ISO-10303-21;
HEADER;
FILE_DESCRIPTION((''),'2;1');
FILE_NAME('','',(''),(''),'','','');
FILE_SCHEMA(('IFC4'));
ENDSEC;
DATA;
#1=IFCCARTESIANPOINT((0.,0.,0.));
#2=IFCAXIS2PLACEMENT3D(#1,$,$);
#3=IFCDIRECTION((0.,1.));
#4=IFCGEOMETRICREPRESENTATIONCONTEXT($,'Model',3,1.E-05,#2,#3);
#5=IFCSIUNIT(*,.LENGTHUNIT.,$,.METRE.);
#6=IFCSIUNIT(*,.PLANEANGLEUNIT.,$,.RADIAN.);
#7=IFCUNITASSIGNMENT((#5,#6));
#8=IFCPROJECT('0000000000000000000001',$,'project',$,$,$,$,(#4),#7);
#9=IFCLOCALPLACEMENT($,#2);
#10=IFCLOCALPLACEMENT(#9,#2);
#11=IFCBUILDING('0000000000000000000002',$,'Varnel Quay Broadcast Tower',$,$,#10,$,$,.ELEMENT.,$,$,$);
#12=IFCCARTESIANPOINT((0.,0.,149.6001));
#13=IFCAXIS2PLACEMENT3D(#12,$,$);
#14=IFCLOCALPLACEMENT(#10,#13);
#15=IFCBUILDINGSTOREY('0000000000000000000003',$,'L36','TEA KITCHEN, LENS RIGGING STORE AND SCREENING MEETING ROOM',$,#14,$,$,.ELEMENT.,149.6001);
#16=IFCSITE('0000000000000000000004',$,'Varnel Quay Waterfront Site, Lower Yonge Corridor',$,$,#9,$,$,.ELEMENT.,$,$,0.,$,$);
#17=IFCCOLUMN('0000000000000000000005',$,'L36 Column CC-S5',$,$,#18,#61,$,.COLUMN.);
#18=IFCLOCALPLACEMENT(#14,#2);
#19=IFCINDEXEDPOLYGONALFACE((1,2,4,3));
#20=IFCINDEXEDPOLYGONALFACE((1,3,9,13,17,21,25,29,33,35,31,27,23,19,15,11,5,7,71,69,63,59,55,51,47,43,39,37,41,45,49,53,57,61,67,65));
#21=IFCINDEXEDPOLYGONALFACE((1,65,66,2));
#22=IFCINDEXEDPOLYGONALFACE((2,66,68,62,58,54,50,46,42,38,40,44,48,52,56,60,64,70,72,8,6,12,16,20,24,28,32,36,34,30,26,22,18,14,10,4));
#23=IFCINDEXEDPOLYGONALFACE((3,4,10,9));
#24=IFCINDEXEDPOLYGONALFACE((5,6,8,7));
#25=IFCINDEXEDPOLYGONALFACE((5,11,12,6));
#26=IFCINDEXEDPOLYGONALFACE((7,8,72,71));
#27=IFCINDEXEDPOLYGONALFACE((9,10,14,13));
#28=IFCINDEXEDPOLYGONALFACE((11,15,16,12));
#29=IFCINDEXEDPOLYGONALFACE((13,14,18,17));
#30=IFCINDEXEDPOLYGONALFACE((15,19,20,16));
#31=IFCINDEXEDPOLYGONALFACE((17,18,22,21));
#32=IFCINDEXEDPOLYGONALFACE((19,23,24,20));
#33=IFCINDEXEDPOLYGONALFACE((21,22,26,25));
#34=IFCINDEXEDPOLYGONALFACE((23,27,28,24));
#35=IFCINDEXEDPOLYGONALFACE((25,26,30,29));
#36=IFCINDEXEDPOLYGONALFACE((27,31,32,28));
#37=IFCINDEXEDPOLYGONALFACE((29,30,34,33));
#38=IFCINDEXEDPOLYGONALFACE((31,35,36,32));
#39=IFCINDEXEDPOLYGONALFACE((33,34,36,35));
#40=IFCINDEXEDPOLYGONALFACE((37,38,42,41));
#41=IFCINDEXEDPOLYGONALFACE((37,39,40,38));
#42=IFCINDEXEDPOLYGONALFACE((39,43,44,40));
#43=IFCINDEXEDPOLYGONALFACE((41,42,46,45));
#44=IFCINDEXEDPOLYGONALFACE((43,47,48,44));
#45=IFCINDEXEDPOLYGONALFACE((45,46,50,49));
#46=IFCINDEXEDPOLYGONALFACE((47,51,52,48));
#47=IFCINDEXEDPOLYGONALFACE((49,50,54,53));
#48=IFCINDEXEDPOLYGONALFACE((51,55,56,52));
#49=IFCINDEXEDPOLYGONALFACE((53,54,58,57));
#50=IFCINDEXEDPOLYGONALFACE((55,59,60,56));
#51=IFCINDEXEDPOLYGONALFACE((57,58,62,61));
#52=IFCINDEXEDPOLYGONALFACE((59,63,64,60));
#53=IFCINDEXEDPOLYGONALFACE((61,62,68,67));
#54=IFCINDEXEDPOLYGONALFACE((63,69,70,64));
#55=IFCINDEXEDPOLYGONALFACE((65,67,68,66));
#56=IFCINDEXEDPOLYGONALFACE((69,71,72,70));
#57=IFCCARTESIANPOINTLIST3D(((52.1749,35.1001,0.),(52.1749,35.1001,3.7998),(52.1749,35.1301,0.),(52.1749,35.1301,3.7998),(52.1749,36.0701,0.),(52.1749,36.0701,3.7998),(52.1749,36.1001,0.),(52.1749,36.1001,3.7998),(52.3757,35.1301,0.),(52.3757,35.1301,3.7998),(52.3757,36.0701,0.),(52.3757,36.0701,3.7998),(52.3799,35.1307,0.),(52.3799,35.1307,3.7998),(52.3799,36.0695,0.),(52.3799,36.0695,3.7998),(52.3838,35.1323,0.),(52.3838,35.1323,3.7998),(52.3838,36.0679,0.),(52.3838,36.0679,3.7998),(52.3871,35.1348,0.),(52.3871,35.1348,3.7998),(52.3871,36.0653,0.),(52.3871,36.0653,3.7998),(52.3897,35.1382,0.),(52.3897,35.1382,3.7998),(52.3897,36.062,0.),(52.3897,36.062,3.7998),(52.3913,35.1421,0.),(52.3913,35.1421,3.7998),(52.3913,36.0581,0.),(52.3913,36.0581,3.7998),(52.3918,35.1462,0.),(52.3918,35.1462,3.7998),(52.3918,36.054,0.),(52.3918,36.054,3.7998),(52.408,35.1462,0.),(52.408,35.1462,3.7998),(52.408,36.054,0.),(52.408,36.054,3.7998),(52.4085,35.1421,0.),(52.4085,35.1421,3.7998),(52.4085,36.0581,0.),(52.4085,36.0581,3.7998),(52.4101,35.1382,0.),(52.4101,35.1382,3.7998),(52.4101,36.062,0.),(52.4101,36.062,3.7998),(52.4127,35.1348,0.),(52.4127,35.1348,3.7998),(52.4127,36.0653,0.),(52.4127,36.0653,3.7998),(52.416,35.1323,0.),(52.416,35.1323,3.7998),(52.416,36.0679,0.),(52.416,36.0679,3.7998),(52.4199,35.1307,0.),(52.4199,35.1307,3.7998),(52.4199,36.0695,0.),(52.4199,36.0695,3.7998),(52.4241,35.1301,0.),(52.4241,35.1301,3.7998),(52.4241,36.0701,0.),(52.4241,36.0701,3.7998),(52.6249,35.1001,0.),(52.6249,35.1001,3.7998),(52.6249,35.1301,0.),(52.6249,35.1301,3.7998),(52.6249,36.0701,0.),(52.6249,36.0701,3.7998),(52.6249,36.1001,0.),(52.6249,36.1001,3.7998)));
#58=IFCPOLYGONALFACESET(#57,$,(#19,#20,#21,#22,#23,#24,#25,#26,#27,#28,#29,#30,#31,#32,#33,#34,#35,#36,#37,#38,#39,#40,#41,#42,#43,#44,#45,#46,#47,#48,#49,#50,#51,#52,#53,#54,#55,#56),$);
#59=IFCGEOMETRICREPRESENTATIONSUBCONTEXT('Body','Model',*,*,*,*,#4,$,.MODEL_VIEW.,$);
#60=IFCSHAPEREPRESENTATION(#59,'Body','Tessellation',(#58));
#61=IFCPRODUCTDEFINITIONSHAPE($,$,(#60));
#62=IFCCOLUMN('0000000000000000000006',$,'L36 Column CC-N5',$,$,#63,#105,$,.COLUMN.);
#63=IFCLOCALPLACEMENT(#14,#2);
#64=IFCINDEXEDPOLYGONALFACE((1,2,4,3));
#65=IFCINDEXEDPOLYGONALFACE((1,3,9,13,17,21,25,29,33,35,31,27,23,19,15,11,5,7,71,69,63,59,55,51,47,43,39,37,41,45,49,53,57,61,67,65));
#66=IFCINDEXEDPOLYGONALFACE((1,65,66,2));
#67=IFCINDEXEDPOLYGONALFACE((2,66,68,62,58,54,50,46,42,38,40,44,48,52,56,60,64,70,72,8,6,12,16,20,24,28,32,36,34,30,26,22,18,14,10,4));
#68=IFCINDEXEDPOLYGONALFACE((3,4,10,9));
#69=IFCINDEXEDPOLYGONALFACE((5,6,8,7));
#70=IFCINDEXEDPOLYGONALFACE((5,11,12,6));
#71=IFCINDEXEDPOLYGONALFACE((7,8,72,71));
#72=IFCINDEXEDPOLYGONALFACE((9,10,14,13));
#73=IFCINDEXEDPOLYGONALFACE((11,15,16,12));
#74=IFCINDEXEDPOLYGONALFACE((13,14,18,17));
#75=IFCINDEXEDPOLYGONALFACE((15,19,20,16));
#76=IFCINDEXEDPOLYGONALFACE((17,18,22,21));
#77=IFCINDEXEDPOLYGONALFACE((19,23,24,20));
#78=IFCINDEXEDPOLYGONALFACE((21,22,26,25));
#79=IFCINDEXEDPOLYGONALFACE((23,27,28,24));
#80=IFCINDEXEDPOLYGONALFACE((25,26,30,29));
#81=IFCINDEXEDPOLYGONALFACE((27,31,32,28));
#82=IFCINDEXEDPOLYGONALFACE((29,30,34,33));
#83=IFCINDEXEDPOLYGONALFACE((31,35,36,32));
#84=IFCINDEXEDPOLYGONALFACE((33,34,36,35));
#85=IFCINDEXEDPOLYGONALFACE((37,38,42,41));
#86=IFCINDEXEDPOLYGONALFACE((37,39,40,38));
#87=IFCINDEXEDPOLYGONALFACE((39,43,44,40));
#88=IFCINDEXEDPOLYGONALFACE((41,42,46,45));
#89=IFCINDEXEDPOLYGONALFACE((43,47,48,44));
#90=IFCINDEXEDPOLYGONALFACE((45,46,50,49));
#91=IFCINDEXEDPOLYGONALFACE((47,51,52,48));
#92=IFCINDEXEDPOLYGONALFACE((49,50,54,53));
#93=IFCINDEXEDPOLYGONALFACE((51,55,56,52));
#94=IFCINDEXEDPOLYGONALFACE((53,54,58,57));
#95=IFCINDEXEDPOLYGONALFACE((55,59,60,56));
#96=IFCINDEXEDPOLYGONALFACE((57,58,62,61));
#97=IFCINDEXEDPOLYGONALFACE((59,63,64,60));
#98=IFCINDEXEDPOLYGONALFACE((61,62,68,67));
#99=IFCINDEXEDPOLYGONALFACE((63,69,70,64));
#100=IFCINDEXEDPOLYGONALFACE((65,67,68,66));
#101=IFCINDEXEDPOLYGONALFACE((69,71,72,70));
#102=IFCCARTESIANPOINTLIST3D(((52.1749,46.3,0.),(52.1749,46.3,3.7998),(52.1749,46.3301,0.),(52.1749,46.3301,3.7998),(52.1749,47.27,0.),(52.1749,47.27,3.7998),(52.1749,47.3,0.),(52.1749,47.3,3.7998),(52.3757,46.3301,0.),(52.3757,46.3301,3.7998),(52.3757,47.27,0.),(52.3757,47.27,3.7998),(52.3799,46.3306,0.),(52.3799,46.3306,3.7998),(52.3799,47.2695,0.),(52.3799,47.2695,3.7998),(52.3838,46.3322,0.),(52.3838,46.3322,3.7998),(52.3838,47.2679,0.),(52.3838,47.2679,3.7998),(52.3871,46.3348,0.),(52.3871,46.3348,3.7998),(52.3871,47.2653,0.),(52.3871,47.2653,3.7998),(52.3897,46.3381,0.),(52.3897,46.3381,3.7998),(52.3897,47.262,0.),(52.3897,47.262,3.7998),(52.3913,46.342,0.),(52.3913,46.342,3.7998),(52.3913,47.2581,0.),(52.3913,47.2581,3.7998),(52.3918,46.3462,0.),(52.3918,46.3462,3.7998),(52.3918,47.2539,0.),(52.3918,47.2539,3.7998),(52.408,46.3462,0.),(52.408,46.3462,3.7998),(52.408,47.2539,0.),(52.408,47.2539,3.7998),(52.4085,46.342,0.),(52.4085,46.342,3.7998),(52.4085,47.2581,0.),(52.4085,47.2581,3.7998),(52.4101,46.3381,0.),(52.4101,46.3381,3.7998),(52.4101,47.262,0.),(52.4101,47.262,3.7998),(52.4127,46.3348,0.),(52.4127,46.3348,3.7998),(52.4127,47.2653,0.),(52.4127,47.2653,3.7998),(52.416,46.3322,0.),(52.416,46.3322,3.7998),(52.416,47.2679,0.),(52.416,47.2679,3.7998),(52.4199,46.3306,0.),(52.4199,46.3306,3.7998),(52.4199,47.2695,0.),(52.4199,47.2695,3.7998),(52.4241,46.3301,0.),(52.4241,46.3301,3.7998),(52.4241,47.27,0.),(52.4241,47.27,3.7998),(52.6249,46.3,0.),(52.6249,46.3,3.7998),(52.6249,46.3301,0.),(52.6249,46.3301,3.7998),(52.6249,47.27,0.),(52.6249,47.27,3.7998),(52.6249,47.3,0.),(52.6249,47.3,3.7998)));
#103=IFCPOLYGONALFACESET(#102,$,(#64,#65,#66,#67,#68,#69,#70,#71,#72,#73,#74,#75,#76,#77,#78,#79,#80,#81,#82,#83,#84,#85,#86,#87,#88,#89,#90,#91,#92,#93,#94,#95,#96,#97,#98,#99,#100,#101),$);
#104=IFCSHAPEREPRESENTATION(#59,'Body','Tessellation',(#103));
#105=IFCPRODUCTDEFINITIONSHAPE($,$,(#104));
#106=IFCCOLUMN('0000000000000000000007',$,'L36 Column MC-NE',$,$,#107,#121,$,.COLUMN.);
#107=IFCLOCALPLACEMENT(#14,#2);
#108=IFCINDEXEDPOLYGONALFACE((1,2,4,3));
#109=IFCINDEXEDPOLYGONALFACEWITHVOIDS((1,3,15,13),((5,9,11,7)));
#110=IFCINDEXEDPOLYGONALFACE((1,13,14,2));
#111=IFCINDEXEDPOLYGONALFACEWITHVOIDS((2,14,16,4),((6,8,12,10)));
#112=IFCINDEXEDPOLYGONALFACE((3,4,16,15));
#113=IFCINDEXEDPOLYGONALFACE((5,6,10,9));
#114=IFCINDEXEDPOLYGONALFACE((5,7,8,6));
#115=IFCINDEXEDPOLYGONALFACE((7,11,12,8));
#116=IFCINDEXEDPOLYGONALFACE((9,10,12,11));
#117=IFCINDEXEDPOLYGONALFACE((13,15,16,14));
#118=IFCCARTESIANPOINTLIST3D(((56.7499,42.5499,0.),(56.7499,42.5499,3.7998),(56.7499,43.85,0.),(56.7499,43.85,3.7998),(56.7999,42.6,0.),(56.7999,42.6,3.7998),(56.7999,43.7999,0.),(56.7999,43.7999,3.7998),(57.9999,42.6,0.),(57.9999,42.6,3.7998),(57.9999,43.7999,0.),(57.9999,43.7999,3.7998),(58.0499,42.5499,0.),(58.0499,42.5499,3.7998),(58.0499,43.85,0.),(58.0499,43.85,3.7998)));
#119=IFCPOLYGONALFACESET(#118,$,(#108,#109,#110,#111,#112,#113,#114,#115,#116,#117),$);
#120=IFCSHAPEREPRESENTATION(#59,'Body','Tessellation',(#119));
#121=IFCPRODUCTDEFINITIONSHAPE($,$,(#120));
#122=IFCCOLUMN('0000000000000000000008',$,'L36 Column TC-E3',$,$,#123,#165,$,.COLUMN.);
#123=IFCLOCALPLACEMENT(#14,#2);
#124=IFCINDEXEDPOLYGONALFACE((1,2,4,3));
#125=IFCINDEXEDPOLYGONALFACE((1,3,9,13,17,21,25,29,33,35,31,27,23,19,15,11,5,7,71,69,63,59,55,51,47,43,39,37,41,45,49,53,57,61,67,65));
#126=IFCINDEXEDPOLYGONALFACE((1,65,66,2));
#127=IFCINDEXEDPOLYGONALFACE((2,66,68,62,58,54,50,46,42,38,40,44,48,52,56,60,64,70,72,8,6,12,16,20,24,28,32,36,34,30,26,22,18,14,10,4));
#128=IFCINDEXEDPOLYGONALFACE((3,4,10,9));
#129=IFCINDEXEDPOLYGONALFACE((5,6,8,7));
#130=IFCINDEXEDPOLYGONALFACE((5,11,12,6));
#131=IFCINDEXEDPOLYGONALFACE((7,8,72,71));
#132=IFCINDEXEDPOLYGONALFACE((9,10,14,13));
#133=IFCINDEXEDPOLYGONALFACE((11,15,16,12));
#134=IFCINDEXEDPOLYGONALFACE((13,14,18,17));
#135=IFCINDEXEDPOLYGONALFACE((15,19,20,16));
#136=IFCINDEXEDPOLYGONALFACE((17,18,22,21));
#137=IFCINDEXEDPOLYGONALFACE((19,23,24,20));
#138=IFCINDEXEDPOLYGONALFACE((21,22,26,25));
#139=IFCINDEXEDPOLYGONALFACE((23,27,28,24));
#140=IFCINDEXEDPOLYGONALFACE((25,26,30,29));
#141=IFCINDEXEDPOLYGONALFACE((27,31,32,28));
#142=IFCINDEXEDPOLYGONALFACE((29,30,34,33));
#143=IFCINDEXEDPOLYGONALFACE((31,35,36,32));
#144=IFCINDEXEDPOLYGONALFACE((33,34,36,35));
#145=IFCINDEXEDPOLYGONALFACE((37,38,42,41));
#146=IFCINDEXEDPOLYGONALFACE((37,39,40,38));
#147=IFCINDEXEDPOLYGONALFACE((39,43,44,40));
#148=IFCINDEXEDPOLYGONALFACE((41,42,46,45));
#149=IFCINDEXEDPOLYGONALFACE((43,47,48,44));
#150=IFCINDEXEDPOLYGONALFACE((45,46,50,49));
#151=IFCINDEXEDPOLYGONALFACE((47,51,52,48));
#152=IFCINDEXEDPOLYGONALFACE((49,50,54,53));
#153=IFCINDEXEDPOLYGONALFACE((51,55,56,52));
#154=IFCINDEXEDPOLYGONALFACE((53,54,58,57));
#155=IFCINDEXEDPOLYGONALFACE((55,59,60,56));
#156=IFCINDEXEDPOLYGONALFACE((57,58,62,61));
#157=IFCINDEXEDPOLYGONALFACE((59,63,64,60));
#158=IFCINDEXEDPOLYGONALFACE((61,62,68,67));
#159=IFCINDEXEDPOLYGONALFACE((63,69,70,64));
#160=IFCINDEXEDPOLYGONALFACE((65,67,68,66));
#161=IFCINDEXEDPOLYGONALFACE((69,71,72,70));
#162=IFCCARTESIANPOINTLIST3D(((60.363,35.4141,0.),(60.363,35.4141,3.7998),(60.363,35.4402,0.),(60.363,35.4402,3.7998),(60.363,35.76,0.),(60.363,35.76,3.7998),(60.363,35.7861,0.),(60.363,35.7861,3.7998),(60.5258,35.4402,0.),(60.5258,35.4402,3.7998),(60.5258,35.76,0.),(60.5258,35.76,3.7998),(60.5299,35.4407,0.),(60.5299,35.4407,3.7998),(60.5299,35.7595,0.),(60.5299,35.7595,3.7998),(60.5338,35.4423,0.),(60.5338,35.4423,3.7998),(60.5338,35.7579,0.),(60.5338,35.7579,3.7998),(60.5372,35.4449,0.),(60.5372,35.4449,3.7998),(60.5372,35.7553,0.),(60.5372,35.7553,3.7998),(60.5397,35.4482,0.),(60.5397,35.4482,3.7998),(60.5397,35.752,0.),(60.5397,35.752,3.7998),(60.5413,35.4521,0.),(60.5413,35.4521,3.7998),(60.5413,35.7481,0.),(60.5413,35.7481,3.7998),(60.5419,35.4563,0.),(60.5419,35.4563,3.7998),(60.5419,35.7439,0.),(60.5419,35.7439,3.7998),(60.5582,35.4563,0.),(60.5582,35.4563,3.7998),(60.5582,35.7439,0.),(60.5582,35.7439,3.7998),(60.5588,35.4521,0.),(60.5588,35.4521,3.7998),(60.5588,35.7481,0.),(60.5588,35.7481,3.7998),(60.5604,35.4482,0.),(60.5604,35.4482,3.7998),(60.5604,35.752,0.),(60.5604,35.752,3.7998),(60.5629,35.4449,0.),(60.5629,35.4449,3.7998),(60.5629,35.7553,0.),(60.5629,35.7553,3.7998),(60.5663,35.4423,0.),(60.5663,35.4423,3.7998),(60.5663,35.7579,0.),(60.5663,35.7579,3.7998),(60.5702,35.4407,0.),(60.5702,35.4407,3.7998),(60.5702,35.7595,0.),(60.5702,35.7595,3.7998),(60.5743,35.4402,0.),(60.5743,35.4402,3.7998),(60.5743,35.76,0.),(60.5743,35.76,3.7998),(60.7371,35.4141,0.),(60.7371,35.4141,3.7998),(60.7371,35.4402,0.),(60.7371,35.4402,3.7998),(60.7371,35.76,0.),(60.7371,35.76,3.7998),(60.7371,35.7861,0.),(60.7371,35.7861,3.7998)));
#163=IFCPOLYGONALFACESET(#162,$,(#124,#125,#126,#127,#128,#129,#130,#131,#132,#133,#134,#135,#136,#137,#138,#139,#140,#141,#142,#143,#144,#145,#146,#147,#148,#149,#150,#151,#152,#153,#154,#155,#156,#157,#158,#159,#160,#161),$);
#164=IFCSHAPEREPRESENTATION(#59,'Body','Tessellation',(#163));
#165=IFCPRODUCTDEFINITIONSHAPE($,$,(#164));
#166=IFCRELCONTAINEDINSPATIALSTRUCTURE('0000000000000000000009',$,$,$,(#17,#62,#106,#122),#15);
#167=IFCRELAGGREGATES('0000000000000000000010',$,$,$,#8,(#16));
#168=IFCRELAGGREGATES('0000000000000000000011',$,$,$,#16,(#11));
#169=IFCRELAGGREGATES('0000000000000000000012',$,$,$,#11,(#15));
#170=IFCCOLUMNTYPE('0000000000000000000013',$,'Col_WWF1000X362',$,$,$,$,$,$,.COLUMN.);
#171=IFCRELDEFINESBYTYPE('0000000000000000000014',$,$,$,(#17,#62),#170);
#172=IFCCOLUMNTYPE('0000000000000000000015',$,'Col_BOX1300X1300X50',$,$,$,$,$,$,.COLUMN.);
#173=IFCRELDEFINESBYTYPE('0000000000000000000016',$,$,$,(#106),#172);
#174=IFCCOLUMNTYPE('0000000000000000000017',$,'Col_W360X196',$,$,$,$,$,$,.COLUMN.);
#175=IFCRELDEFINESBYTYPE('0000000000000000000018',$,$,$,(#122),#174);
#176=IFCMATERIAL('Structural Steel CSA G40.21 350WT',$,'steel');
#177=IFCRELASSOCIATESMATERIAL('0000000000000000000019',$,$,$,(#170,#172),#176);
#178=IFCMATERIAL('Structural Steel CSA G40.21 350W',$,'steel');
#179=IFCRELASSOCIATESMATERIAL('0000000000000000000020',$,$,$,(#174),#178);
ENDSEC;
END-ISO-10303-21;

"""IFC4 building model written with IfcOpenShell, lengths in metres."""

from ifc_helpers import new_model, si_unit, direction, frame, origin, origin_2d, place, context, subcontext, project, spatial, hollow_rectangle, i_section, extrude, source, transform, mapped, material, material_profile, profile_set, type_object, type_shapes, element, save


model = new_model("IFC4")

# Units and contexts
model_context = context("Model", 3, precision=1e-05, world=origin(), true_north=direction((0.0, 1.0)))
body_context = subcontext(model_context, "Body", "Model", "MODEL_VIEW")
ifc_project = project(units=[si_unit("LENGTHUNIT", "METRE"), si_unit("PLANEANGLEUNIT", "RADIAN")], contexts=[model_context])

# Site, building, storey
site_placement = place(None, origin())
site = spatial("IfcSite", under=ifc_project, at=site_placement, Name="Varnel Quay Waterfront Site, Lower Yonge Corridor", CompositionType="ELEMENT", RefElevation=0.0)
building_placement = place(site_placement, origin())
building = spatial("IfcBuilding", under=site, at=building_placement, Name="Varnel Quay Broadcast Tower", CompositionType="ELEMENT")
storey_placement = place(building_placement, frame((0.0, 0.0, 149.6001)))
storey = spatial("IfcBuildingStorey", under=building, at=storey_placement, Name="L36", Description="TEA KITCHEN, LENS RIGGING STORE AND SCREENING MEETING ROOM", CompositionType="ELEMENT", Elevation=149.6001)

# Columns
ifc_material_1 = material(Name="Structural Steel CSA G40.21 350WT", Category="steel")
ifc_material_profile_1 = material_profile(ifc_material_1, i_section(OverallWidth=0.45, OverallDepth=1.0, WebThickness=0.0161, FlangeThickness=0.03, FilletRadius=0.0161, at=origin_2d()), Name="WWF1000X362")
ifc_profile_set_1 = profile_set([ifc_material_profile_1], Name="Structural Steel CSA G40.21 350WT")
column_type_1 = type_object("IfcColumnType", Name="Col_WWF1000X362", PredefinedType="COLUMN", material=ifc_profile_set_1)
shared_shape_1 = source(origin(), body_context, "Body", "SweptSolid", [
    extrude(i_section(OverallWidth=0.45, OverallDepth=1.0, WebThickness=0.0161, FlangeThickness=0.03, FilletRadius=0.0161, at=origin_2d()), origin(), (0.0, 0.0, 1.0), 3.7998),
])
type_shapes(column_type_1, [shared_shape_1])
for number, where, z_axis, x_axis, name in (
    (1, (52.3999, 35.6001, 0.0), (0.0, 0.0, 1.0), (1.0, 0.0, 0.0), "L36 Column CC-S5"),
    (2, (52.3999, 46.8, 0.0), (0.0, 0.0, 1.0), (1.0, 0.0, 0.0), "L36 Column CC-N5"),
):
    element("IfcColumn", number, at=place(storey_placement, frame(where, z_axis=z_axis, x_axis=x_axis)), inside=storey, type_object=column_type_1, Name=name, PredefinedType="COLUMN", context=body_context, shape_type="MappedRepresentation", body=[
        mapped(shared_shape_1, transform((0.0, 0.0, 0.0), x_axis=(1.0, 0.0, 0.0), y_axis=(0.0, 1.0, 0.0), z_axis=(0.0, 0.0, 1.0), scale=1.0)),
    ])
ifc_material_profile_2 = material_profile(ifc_material_1, hollow_rectangle(XDim=1.3, YDim=1.3, WallThickness=0.05, at=origin_2d()), Name="BOX1300X1300X50")
ifc_profile_set_2 = profile_set([ifc_material_profile_2], Name="Structural Steel CSA G40.21 350WT")
column_type_2 = type_object("IfcColumnType", Name="Col_BOX1300X1300X50", PredefinedType="COLUMN", material=ifc_profile_set_2)
shared_shape_2 = source(origin(), body_context, "Body", "SweptSolid", [
    extrude(hollow_rectangle(XDim=1.3, YDim=1.3, WallThickness=0.05, at=origin_2d()), origin(), (0.0, 0.0, 1.0), 3.7998),
])
type_shapes(column_type_2, [shared_shape_2])
column_1_placement = place(storey_placement, frame((57.3999, 43.2, 0.0), z_axis=(0.0, 0.0, 1.0), x_axis=(1.0, 0.0, 0.0)))
element("IfcColumn", 3, at=column_1_placement, inside=storey, type_object=column_type_2, Name="L36 Column MC-NE", PredefinedType="COLUMN", context=body_context, shape_type="MappedRepresentation", body=[
    mapped(shared_shape_2, transform((0.0, 0.0, 0.0), x_axis=(1.0, 0.0, 0.0), y_axis=(0.0, 1.0, 0.0), z_axis=(0.0, 0.0, 1.0), scale=1.0)),
])
ifc_material_2 = material(Name="Structural Steel CSA G40.21 350W", Category="steel")
ifc_material_profile_3 = material_profile(ifc_material_2, i_section(OverallWidth=0.374, OverallDepth=0.3721, WebThickness=0.0164, FlangeThickness=0.0261, FilletRadius=0.0161, at=origin_2d()), Name="W360X196")
ifc_profile_set_3 = profile_set([ifc_material_profile_3], Name="Structural Steel CSA G40.21 350W")
column_type_3 = type_object("IfcColumnType", Name="Col_W360X196", PredefinedType="COLUMN", material=ifc_profile_set_3)
shared_shape_3 = source(origin(), body_context, "Body", "SweptSolid", [
    extrude(i_section(OverallWidth=0.374, OverallDepth=0.3721, WebThickness=0.0164, FlangeThickness=0.0261, FilletRadius=0.0161, at=origin_2d()), origin(), (0.0, 0.0, 1.0), 3.7998),
])
type_shapes(column_type_3, [shared_shape_3])
column_2_placement = place(storey_placement, frame((60.55, 35.6001, 0.0), z_axis=(0.0, 0.0, 1.0), x_axis=(1.0, 0.0, 0.0)))
element("IfcColumn", 4, at=column_2_placement, inside=storey, type_object=column_type_3, Name="L36 Column TC-E3", PredefinedType="COLUMN", context=body_context, shape_type="MappedRepresentation", body=[
    mapped(shared_shape_3, transform((0.0, 0.0, 0.0), x_axis=(1.0, 0.0, 0.0), y_axis=(0.0, 1.0, 0.0), z_axis=(0.0, 0.0, 1.0), scale=1.0)),
])

save(model, "model.ifc")
